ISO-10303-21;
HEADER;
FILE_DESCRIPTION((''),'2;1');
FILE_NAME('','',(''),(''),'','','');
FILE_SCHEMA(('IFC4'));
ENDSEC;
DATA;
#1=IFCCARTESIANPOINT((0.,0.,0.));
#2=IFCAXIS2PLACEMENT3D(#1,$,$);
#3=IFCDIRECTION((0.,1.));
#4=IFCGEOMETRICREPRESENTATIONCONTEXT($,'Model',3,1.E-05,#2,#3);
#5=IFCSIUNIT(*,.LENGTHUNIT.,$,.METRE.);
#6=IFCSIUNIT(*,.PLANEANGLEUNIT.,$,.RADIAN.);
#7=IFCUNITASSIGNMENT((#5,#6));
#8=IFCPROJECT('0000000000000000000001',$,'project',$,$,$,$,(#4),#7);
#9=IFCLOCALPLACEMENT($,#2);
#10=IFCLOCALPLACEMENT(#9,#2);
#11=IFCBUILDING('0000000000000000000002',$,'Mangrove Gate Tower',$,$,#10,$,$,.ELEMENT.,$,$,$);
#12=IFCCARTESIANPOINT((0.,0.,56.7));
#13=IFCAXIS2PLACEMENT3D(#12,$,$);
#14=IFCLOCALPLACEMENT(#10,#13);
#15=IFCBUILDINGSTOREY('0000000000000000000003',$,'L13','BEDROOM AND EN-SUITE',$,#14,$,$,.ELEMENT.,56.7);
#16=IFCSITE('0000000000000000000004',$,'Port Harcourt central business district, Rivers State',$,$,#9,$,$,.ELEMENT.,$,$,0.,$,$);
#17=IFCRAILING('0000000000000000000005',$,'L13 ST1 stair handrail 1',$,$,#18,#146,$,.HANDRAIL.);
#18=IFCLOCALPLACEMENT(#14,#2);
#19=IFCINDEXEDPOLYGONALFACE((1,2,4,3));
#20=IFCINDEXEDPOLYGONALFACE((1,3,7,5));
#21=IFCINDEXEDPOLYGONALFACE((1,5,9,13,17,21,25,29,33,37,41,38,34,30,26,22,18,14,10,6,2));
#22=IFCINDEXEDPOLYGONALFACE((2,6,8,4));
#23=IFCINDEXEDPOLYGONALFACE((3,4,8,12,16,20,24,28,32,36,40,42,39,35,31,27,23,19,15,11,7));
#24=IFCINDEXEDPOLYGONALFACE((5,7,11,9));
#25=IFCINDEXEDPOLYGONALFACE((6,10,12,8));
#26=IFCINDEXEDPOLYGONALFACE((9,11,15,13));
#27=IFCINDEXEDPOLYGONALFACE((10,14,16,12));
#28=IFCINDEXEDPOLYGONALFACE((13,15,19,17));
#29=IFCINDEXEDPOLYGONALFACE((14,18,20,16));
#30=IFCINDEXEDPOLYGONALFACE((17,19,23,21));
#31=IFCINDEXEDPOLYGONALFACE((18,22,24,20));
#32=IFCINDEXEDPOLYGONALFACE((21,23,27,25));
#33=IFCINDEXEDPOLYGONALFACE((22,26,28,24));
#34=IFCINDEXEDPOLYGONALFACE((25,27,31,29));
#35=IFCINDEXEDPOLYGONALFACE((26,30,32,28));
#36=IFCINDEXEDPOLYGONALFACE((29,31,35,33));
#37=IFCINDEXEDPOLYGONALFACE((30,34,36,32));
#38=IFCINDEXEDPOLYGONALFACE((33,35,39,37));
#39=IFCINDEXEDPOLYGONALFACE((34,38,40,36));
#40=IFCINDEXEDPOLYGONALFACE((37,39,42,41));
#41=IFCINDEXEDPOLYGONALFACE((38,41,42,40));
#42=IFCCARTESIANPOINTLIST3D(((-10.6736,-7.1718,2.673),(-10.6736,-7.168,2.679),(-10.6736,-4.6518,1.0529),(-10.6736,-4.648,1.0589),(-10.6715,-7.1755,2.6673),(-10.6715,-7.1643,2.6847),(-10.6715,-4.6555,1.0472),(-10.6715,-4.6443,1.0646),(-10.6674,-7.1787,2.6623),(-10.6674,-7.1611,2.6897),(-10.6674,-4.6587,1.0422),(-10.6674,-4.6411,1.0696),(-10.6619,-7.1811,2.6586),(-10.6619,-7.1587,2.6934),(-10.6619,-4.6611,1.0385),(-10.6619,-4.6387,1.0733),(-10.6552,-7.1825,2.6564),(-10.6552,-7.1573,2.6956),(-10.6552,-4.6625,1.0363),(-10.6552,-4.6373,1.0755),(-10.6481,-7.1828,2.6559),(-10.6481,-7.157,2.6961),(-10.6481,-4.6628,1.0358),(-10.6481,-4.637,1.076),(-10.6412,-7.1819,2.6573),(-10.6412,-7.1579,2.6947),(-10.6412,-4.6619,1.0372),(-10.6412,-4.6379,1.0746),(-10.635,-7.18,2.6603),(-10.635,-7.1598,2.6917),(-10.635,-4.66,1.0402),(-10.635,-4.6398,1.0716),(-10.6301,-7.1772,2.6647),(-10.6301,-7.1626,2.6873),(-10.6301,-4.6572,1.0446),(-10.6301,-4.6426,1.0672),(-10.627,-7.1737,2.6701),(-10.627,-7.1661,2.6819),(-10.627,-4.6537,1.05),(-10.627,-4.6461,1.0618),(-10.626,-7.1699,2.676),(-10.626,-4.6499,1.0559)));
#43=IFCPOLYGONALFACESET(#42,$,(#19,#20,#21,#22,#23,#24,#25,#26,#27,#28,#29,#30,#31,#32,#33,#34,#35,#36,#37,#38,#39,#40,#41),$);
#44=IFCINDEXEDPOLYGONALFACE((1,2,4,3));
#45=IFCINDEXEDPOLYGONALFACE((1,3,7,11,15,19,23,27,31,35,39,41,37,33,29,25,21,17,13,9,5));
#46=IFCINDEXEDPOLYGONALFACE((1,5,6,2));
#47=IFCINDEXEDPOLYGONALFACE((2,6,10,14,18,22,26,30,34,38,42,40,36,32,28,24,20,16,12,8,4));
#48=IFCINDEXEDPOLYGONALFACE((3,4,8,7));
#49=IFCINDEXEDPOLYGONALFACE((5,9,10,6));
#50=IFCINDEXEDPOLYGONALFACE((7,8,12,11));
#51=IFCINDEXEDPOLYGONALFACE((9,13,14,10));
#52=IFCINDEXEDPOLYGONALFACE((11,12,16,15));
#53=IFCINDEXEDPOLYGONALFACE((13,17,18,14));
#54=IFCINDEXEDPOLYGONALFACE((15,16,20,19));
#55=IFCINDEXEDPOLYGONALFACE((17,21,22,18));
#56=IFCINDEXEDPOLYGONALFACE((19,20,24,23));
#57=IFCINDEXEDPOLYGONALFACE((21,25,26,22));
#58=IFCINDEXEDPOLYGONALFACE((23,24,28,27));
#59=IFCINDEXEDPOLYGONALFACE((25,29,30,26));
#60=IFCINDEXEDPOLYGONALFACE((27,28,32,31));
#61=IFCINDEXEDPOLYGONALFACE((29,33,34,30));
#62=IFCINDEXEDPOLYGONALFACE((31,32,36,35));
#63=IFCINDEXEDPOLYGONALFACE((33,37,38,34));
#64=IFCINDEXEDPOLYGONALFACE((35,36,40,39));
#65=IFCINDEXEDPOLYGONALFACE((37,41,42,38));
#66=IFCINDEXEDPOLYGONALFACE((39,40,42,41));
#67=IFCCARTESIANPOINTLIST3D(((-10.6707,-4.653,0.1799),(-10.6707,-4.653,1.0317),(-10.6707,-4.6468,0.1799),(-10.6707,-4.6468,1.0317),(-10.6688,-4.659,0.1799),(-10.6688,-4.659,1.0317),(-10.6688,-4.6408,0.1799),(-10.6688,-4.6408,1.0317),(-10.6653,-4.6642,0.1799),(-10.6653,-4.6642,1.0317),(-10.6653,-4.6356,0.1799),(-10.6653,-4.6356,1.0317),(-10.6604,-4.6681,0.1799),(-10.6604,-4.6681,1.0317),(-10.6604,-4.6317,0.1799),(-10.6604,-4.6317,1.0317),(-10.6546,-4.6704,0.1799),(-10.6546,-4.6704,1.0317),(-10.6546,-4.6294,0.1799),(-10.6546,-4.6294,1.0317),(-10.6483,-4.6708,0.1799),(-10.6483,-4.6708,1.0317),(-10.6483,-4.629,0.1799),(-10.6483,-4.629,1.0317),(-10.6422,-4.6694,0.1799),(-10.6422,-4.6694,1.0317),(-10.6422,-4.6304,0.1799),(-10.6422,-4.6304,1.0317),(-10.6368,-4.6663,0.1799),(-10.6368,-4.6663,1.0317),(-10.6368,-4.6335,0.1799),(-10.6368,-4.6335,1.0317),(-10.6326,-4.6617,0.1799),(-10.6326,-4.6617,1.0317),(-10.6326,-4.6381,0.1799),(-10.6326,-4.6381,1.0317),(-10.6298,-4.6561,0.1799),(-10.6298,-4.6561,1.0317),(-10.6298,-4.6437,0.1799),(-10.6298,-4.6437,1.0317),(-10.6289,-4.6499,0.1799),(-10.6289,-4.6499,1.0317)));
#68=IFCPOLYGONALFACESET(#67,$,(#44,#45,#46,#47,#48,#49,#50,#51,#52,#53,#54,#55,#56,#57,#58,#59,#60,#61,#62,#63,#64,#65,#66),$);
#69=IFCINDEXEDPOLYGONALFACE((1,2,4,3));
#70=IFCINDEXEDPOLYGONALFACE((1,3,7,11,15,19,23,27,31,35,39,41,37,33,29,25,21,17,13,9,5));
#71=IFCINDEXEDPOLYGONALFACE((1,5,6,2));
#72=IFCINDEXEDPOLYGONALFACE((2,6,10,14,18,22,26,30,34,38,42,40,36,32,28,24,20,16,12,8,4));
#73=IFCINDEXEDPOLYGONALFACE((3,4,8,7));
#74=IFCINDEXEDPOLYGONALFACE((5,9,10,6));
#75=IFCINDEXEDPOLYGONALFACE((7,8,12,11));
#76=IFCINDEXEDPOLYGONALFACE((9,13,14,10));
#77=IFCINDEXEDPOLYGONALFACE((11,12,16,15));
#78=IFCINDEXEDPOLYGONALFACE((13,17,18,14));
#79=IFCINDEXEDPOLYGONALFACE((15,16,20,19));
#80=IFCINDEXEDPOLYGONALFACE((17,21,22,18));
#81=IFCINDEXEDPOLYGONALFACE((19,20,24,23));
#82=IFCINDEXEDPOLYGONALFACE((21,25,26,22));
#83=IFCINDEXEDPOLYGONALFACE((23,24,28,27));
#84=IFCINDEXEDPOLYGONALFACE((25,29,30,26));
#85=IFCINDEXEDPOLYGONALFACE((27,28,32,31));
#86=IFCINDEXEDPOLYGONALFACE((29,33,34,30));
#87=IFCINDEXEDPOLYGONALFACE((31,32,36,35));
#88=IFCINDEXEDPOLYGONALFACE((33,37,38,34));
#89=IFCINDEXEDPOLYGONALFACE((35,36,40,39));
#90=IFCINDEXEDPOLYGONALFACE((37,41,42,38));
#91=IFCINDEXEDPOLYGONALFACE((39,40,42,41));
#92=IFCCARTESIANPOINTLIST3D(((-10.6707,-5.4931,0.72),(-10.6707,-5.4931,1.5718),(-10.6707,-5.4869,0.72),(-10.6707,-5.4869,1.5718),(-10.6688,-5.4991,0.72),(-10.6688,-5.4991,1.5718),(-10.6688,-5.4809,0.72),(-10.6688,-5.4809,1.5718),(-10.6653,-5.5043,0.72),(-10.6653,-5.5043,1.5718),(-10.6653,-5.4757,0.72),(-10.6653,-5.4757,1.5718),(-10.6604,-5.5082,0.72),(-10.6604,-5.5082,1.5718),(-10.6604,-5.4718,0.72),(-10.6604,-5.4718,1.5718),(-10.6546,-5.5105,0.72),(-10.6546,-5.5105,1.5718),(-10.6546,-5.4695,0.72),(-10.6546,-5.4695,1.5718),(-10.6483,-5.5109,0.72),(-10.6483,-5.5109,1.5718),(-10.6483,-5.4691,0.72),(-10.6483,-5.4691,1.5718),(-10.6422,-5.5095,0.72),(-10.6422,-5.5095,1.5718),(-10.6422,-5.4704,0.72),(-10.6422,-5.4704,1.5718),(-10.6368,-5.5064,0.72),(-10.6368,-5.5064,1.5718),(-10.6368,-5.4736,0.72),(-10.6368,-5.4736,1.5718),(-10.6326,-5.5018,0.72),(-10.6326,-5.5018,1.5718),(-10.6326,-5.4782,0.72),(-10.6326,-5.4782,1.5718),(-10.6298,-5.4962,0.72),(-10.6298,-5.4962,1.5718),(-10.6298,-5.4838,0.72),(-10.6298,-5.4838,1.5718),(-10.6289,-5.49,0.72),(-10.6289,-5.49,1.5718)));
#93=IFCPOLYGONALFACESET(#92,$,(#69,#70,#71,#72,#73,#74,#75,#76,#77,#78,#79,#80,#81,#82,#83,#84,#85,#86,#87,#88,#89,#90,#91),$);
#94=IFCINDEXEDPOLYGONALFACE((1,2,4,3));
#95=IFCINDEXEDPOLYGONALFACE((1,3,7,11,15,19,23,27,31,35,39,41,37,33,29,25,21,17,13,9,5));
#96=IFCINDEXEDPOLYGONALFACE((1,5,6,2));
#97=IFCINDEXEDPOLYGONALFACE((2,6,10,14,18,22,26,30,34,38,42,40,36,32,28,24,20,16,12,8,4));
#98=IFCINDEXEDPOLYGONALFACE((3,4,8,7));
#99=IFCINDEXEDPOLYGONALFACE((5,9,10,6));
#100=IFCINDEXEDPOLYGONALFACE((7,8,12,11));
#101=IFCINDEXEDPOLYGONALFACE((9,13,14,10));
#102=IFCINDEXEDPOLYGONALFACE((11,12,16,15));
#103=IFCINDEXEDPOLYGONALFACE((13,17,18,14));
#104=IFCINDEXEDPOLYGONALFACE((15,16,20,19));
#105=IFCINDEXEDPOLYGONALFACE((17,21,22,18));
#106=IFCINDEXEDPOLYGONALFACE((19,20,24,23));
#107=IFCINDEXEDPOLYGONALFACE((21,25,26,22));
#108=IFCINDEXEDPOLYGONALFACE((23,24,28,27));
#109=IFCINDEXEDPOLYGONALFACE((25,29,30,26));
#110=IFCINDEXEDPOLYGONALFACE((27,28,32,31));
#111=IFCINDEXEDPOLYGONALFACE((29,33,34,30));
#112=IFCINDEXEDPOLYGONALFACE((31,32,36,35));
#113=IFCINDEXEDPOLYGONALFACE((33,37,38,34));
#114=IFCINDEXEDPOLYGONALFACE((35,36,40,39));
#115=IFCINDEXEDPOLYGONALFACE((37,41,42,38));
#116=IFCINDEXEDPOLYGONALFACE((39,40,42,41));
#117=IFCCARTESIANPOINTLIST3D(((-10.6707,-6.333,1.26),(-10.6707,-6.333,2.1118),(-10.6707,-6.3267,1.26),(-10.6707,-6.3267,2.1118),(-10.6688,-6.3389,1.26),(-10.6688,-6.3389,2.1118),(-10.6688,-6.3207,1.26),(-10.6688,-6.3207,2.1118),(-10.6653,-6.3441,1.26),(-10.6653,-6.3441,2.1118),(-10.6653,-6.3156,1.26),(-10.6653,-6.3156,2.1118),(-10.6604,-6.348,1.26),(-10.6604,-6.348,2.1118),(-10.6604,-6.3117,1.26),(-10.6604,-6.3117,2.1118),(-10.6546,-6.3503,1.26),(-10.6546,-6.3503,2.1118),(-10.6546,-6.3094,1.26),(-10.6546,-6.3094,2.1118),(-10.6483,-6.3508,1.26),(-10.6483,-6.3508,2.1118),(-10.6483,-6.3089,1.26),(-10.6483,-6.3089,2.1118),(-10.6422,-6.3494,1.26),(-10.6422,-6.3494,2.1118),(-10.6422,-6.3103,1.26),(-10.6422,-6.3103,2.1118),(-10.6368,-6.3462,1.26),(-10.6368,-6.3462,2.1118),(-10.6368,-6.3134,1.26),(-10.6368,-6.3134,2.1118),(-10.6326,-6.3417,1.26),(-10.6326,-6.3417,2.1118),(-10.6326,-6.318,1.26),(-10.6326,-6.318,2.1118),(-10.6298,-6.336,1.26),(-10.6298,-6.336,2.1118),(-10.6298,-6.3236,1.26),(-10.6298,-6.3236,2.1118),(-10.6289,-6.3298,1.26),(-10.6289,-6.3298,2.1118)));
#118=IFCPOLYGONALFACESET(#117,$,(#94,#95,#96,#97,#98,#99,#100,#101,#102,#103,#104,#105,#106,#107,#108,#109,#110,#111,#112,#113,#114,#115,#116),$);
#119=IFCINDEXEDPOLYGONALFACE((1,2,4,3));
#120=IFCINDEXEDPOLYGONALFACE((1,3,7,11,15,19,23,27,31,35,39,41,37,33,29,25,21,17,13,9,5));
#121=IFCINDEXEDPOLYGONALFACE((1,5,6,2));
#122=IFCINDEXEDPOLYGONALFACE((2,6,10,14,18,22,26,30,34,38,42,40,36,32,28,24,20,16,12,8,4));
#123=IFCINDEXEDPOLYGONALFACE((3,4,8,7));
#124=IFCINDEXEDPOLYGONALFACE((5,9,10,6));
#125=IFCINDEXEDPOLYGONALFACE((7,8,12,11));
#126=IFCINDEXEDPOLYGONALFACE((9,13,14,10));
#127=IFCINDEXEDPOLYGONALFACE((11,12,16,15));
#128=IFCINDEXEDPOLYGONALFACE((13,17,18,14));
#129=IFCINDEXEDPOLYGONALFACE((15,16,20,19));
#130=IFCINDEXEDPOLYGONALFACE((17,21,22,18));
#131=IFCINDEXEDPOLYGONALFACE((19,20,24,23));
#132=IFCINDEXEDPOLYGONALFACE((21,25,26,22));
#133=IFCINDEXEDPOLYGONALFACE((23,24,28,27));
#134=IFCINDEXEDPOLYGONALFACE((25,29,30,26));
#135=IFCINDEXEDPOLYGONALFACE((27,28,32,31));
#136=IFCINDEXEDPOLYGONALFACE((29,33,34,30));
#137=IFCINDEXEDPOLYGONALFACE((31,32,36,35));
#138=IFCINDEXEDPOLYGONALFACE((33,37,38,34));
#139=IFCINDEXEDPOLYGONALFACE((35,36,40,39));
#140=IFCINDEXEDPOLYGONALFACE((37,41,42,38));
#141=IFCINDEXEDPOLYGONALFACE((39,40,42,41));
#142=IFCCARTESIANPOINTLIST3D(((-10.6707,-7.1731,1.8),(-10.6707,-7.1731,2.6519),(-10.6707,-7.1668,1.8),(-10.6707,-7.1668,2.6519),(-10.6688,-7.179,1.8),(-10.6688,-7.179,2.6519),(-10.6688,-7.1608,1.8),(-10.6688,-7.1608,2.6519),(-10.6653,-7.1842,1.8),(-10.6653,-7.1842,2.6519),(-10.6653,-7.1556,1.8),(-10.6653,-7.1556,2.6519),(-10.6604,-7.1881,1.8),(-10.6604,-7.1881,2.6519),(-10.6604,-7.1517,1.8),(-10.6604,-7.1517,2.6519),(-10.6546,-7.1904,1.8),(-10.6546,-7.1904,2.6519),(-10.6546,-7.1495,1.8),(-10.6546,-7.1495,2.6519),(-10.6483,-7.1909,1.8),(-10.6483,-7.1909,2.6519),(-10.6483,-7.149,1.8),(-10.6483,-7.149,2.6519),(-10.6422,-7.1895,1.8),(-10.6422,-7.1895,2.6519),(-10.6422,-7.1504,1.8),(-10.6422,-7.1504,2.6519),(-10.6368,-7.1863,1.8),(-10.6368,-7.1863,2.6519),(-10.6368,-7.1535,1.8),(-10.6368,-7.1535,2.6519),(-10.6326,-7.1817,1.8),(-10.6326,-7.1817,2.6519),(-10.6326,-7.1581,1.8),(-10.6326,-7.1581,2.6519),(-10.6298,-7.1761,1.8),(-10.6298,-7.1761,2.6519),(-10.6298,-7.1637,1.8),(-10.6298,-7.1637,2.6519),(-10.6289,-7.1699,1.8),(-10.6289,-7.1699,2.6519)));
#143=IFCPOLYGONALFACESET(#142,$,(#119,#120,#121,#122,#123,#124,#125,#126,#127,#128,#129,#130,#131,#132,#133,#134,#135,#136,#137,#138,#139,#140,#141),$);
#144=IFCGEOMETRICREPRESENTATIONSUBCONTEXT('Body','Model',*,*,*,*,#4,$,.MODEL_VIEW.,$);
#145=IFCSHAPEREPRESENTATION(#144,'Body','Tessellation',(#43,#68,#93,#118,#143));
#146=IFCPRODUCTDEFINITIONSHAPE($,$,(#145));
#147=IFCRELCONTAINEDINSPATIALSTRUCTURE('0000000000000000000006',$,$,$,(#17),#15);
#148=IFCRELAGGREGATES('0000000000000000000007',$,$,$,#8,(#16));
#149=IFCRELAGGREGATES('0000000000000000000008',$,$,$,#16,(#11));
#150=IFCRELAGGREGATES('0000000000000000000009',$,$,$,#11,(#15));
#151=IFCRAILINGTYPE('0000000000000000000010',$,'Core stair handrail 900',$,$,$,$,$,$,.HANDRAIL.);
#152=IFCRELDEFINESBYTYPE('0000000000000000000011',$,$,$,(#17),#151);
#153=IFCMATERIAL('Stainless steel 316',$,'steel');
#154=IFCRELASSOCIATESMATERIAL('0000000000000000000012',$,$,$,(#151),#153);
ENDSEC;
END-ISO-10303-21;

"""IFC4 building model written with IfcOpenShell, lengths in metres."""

from ifc_helpers import new_model, si_unit, direction, frame, origin, origin_2d, place, context, subcontext, project, spatial, circle, extrude, material, type_object, element, save


model = new_model("IFC4")

# Units and contexts
model_context = context("Model", 3, precision=1e-05, world=origin(), true_north=direction((0.0, 1.0)))
body_context = subcontext(model_context, "Body", "Model", "MODEL_VIEW")
ifc_project = project(units=[si_unit("LENGTHUNIT", "METRE"), si_unit("PLANEANGLEUNIT", "RADIAN")], contexts=[model_context])

# Site, building, storey
site_placement = place(None, origin())
site = spatial("IfcSite", under=ifc_project, at=site_placement, Name="Port Harcourt central business district, Rivers State", CompositionType="ELEMENT", RefElevation=0.0)
building_placement = place(site_placement, origin())
building = spatial("IfcBuilding", under=site, at=building_placement, Name="Mangrove Gate Tower", CompositionType="ELEMENT")
storey_placement = place(building_placement, frame((0.0, 0.0, 56.7)))
storey = spatial("IfcBuildingStorey", under=building, at=storey_placement, Name="L13", Description="BEDROOM AND EN-SUITE", CompositionType="ELEMENT", Elevation=56.7)

# Railing
ifc_material_1 = material(Name="Stainless steel 316", Category="steel")
railing_type_1 = type_object("IfcRailingType", Name="Core stair handrail 900", PredefinedType="HANDRAIL", material=ifc_material_1)
railing_1_placement = place(storey_placement, frame((-10.6499, -4.6499, 0.1799)))
element("IfcRailing", 1, at=railing_1_placement, inside=storey, type_object=railing_type_1, Name="L13 ST1 stair handrail 1", PredefinedType="HANDRAIL", context=body_context, shape_type="SweptSolid", body=[
    extrude(circle(Radius=0.0239, at=origin_2d()), frame((0.0, 0.0, 0.876), z_axis=(0.0, -0.841163, 0.540782), x_axis=(1.0, 0.0, 0.0)), (0.0, 0.0, 1.0), 2.9958),
    extrude(circle(Radius=0.021, at=origin_2d()), origin(), (0.0, 0.0, 1.0), 0.8518),
    extrude(circle(Radius=0.021, at=origin_2d()), frame((0.0, -0.8401, 0.54)), (0.0, 0.0, 1.0), 0.8518),
    extrude(circle(Radius=0.021, at=origin_2d()), frame((0.0, -1.6799, 1.0801)), (0.0, 0.0, 1.0), 0.8518),
    extrude(circle(Radius=0.021, at=origin_2d()), frame((0.0, -2.52, 1.6201)), (0.0, 0.0, 1.0), 0.8518),
])

save(model, "model.ifc")
